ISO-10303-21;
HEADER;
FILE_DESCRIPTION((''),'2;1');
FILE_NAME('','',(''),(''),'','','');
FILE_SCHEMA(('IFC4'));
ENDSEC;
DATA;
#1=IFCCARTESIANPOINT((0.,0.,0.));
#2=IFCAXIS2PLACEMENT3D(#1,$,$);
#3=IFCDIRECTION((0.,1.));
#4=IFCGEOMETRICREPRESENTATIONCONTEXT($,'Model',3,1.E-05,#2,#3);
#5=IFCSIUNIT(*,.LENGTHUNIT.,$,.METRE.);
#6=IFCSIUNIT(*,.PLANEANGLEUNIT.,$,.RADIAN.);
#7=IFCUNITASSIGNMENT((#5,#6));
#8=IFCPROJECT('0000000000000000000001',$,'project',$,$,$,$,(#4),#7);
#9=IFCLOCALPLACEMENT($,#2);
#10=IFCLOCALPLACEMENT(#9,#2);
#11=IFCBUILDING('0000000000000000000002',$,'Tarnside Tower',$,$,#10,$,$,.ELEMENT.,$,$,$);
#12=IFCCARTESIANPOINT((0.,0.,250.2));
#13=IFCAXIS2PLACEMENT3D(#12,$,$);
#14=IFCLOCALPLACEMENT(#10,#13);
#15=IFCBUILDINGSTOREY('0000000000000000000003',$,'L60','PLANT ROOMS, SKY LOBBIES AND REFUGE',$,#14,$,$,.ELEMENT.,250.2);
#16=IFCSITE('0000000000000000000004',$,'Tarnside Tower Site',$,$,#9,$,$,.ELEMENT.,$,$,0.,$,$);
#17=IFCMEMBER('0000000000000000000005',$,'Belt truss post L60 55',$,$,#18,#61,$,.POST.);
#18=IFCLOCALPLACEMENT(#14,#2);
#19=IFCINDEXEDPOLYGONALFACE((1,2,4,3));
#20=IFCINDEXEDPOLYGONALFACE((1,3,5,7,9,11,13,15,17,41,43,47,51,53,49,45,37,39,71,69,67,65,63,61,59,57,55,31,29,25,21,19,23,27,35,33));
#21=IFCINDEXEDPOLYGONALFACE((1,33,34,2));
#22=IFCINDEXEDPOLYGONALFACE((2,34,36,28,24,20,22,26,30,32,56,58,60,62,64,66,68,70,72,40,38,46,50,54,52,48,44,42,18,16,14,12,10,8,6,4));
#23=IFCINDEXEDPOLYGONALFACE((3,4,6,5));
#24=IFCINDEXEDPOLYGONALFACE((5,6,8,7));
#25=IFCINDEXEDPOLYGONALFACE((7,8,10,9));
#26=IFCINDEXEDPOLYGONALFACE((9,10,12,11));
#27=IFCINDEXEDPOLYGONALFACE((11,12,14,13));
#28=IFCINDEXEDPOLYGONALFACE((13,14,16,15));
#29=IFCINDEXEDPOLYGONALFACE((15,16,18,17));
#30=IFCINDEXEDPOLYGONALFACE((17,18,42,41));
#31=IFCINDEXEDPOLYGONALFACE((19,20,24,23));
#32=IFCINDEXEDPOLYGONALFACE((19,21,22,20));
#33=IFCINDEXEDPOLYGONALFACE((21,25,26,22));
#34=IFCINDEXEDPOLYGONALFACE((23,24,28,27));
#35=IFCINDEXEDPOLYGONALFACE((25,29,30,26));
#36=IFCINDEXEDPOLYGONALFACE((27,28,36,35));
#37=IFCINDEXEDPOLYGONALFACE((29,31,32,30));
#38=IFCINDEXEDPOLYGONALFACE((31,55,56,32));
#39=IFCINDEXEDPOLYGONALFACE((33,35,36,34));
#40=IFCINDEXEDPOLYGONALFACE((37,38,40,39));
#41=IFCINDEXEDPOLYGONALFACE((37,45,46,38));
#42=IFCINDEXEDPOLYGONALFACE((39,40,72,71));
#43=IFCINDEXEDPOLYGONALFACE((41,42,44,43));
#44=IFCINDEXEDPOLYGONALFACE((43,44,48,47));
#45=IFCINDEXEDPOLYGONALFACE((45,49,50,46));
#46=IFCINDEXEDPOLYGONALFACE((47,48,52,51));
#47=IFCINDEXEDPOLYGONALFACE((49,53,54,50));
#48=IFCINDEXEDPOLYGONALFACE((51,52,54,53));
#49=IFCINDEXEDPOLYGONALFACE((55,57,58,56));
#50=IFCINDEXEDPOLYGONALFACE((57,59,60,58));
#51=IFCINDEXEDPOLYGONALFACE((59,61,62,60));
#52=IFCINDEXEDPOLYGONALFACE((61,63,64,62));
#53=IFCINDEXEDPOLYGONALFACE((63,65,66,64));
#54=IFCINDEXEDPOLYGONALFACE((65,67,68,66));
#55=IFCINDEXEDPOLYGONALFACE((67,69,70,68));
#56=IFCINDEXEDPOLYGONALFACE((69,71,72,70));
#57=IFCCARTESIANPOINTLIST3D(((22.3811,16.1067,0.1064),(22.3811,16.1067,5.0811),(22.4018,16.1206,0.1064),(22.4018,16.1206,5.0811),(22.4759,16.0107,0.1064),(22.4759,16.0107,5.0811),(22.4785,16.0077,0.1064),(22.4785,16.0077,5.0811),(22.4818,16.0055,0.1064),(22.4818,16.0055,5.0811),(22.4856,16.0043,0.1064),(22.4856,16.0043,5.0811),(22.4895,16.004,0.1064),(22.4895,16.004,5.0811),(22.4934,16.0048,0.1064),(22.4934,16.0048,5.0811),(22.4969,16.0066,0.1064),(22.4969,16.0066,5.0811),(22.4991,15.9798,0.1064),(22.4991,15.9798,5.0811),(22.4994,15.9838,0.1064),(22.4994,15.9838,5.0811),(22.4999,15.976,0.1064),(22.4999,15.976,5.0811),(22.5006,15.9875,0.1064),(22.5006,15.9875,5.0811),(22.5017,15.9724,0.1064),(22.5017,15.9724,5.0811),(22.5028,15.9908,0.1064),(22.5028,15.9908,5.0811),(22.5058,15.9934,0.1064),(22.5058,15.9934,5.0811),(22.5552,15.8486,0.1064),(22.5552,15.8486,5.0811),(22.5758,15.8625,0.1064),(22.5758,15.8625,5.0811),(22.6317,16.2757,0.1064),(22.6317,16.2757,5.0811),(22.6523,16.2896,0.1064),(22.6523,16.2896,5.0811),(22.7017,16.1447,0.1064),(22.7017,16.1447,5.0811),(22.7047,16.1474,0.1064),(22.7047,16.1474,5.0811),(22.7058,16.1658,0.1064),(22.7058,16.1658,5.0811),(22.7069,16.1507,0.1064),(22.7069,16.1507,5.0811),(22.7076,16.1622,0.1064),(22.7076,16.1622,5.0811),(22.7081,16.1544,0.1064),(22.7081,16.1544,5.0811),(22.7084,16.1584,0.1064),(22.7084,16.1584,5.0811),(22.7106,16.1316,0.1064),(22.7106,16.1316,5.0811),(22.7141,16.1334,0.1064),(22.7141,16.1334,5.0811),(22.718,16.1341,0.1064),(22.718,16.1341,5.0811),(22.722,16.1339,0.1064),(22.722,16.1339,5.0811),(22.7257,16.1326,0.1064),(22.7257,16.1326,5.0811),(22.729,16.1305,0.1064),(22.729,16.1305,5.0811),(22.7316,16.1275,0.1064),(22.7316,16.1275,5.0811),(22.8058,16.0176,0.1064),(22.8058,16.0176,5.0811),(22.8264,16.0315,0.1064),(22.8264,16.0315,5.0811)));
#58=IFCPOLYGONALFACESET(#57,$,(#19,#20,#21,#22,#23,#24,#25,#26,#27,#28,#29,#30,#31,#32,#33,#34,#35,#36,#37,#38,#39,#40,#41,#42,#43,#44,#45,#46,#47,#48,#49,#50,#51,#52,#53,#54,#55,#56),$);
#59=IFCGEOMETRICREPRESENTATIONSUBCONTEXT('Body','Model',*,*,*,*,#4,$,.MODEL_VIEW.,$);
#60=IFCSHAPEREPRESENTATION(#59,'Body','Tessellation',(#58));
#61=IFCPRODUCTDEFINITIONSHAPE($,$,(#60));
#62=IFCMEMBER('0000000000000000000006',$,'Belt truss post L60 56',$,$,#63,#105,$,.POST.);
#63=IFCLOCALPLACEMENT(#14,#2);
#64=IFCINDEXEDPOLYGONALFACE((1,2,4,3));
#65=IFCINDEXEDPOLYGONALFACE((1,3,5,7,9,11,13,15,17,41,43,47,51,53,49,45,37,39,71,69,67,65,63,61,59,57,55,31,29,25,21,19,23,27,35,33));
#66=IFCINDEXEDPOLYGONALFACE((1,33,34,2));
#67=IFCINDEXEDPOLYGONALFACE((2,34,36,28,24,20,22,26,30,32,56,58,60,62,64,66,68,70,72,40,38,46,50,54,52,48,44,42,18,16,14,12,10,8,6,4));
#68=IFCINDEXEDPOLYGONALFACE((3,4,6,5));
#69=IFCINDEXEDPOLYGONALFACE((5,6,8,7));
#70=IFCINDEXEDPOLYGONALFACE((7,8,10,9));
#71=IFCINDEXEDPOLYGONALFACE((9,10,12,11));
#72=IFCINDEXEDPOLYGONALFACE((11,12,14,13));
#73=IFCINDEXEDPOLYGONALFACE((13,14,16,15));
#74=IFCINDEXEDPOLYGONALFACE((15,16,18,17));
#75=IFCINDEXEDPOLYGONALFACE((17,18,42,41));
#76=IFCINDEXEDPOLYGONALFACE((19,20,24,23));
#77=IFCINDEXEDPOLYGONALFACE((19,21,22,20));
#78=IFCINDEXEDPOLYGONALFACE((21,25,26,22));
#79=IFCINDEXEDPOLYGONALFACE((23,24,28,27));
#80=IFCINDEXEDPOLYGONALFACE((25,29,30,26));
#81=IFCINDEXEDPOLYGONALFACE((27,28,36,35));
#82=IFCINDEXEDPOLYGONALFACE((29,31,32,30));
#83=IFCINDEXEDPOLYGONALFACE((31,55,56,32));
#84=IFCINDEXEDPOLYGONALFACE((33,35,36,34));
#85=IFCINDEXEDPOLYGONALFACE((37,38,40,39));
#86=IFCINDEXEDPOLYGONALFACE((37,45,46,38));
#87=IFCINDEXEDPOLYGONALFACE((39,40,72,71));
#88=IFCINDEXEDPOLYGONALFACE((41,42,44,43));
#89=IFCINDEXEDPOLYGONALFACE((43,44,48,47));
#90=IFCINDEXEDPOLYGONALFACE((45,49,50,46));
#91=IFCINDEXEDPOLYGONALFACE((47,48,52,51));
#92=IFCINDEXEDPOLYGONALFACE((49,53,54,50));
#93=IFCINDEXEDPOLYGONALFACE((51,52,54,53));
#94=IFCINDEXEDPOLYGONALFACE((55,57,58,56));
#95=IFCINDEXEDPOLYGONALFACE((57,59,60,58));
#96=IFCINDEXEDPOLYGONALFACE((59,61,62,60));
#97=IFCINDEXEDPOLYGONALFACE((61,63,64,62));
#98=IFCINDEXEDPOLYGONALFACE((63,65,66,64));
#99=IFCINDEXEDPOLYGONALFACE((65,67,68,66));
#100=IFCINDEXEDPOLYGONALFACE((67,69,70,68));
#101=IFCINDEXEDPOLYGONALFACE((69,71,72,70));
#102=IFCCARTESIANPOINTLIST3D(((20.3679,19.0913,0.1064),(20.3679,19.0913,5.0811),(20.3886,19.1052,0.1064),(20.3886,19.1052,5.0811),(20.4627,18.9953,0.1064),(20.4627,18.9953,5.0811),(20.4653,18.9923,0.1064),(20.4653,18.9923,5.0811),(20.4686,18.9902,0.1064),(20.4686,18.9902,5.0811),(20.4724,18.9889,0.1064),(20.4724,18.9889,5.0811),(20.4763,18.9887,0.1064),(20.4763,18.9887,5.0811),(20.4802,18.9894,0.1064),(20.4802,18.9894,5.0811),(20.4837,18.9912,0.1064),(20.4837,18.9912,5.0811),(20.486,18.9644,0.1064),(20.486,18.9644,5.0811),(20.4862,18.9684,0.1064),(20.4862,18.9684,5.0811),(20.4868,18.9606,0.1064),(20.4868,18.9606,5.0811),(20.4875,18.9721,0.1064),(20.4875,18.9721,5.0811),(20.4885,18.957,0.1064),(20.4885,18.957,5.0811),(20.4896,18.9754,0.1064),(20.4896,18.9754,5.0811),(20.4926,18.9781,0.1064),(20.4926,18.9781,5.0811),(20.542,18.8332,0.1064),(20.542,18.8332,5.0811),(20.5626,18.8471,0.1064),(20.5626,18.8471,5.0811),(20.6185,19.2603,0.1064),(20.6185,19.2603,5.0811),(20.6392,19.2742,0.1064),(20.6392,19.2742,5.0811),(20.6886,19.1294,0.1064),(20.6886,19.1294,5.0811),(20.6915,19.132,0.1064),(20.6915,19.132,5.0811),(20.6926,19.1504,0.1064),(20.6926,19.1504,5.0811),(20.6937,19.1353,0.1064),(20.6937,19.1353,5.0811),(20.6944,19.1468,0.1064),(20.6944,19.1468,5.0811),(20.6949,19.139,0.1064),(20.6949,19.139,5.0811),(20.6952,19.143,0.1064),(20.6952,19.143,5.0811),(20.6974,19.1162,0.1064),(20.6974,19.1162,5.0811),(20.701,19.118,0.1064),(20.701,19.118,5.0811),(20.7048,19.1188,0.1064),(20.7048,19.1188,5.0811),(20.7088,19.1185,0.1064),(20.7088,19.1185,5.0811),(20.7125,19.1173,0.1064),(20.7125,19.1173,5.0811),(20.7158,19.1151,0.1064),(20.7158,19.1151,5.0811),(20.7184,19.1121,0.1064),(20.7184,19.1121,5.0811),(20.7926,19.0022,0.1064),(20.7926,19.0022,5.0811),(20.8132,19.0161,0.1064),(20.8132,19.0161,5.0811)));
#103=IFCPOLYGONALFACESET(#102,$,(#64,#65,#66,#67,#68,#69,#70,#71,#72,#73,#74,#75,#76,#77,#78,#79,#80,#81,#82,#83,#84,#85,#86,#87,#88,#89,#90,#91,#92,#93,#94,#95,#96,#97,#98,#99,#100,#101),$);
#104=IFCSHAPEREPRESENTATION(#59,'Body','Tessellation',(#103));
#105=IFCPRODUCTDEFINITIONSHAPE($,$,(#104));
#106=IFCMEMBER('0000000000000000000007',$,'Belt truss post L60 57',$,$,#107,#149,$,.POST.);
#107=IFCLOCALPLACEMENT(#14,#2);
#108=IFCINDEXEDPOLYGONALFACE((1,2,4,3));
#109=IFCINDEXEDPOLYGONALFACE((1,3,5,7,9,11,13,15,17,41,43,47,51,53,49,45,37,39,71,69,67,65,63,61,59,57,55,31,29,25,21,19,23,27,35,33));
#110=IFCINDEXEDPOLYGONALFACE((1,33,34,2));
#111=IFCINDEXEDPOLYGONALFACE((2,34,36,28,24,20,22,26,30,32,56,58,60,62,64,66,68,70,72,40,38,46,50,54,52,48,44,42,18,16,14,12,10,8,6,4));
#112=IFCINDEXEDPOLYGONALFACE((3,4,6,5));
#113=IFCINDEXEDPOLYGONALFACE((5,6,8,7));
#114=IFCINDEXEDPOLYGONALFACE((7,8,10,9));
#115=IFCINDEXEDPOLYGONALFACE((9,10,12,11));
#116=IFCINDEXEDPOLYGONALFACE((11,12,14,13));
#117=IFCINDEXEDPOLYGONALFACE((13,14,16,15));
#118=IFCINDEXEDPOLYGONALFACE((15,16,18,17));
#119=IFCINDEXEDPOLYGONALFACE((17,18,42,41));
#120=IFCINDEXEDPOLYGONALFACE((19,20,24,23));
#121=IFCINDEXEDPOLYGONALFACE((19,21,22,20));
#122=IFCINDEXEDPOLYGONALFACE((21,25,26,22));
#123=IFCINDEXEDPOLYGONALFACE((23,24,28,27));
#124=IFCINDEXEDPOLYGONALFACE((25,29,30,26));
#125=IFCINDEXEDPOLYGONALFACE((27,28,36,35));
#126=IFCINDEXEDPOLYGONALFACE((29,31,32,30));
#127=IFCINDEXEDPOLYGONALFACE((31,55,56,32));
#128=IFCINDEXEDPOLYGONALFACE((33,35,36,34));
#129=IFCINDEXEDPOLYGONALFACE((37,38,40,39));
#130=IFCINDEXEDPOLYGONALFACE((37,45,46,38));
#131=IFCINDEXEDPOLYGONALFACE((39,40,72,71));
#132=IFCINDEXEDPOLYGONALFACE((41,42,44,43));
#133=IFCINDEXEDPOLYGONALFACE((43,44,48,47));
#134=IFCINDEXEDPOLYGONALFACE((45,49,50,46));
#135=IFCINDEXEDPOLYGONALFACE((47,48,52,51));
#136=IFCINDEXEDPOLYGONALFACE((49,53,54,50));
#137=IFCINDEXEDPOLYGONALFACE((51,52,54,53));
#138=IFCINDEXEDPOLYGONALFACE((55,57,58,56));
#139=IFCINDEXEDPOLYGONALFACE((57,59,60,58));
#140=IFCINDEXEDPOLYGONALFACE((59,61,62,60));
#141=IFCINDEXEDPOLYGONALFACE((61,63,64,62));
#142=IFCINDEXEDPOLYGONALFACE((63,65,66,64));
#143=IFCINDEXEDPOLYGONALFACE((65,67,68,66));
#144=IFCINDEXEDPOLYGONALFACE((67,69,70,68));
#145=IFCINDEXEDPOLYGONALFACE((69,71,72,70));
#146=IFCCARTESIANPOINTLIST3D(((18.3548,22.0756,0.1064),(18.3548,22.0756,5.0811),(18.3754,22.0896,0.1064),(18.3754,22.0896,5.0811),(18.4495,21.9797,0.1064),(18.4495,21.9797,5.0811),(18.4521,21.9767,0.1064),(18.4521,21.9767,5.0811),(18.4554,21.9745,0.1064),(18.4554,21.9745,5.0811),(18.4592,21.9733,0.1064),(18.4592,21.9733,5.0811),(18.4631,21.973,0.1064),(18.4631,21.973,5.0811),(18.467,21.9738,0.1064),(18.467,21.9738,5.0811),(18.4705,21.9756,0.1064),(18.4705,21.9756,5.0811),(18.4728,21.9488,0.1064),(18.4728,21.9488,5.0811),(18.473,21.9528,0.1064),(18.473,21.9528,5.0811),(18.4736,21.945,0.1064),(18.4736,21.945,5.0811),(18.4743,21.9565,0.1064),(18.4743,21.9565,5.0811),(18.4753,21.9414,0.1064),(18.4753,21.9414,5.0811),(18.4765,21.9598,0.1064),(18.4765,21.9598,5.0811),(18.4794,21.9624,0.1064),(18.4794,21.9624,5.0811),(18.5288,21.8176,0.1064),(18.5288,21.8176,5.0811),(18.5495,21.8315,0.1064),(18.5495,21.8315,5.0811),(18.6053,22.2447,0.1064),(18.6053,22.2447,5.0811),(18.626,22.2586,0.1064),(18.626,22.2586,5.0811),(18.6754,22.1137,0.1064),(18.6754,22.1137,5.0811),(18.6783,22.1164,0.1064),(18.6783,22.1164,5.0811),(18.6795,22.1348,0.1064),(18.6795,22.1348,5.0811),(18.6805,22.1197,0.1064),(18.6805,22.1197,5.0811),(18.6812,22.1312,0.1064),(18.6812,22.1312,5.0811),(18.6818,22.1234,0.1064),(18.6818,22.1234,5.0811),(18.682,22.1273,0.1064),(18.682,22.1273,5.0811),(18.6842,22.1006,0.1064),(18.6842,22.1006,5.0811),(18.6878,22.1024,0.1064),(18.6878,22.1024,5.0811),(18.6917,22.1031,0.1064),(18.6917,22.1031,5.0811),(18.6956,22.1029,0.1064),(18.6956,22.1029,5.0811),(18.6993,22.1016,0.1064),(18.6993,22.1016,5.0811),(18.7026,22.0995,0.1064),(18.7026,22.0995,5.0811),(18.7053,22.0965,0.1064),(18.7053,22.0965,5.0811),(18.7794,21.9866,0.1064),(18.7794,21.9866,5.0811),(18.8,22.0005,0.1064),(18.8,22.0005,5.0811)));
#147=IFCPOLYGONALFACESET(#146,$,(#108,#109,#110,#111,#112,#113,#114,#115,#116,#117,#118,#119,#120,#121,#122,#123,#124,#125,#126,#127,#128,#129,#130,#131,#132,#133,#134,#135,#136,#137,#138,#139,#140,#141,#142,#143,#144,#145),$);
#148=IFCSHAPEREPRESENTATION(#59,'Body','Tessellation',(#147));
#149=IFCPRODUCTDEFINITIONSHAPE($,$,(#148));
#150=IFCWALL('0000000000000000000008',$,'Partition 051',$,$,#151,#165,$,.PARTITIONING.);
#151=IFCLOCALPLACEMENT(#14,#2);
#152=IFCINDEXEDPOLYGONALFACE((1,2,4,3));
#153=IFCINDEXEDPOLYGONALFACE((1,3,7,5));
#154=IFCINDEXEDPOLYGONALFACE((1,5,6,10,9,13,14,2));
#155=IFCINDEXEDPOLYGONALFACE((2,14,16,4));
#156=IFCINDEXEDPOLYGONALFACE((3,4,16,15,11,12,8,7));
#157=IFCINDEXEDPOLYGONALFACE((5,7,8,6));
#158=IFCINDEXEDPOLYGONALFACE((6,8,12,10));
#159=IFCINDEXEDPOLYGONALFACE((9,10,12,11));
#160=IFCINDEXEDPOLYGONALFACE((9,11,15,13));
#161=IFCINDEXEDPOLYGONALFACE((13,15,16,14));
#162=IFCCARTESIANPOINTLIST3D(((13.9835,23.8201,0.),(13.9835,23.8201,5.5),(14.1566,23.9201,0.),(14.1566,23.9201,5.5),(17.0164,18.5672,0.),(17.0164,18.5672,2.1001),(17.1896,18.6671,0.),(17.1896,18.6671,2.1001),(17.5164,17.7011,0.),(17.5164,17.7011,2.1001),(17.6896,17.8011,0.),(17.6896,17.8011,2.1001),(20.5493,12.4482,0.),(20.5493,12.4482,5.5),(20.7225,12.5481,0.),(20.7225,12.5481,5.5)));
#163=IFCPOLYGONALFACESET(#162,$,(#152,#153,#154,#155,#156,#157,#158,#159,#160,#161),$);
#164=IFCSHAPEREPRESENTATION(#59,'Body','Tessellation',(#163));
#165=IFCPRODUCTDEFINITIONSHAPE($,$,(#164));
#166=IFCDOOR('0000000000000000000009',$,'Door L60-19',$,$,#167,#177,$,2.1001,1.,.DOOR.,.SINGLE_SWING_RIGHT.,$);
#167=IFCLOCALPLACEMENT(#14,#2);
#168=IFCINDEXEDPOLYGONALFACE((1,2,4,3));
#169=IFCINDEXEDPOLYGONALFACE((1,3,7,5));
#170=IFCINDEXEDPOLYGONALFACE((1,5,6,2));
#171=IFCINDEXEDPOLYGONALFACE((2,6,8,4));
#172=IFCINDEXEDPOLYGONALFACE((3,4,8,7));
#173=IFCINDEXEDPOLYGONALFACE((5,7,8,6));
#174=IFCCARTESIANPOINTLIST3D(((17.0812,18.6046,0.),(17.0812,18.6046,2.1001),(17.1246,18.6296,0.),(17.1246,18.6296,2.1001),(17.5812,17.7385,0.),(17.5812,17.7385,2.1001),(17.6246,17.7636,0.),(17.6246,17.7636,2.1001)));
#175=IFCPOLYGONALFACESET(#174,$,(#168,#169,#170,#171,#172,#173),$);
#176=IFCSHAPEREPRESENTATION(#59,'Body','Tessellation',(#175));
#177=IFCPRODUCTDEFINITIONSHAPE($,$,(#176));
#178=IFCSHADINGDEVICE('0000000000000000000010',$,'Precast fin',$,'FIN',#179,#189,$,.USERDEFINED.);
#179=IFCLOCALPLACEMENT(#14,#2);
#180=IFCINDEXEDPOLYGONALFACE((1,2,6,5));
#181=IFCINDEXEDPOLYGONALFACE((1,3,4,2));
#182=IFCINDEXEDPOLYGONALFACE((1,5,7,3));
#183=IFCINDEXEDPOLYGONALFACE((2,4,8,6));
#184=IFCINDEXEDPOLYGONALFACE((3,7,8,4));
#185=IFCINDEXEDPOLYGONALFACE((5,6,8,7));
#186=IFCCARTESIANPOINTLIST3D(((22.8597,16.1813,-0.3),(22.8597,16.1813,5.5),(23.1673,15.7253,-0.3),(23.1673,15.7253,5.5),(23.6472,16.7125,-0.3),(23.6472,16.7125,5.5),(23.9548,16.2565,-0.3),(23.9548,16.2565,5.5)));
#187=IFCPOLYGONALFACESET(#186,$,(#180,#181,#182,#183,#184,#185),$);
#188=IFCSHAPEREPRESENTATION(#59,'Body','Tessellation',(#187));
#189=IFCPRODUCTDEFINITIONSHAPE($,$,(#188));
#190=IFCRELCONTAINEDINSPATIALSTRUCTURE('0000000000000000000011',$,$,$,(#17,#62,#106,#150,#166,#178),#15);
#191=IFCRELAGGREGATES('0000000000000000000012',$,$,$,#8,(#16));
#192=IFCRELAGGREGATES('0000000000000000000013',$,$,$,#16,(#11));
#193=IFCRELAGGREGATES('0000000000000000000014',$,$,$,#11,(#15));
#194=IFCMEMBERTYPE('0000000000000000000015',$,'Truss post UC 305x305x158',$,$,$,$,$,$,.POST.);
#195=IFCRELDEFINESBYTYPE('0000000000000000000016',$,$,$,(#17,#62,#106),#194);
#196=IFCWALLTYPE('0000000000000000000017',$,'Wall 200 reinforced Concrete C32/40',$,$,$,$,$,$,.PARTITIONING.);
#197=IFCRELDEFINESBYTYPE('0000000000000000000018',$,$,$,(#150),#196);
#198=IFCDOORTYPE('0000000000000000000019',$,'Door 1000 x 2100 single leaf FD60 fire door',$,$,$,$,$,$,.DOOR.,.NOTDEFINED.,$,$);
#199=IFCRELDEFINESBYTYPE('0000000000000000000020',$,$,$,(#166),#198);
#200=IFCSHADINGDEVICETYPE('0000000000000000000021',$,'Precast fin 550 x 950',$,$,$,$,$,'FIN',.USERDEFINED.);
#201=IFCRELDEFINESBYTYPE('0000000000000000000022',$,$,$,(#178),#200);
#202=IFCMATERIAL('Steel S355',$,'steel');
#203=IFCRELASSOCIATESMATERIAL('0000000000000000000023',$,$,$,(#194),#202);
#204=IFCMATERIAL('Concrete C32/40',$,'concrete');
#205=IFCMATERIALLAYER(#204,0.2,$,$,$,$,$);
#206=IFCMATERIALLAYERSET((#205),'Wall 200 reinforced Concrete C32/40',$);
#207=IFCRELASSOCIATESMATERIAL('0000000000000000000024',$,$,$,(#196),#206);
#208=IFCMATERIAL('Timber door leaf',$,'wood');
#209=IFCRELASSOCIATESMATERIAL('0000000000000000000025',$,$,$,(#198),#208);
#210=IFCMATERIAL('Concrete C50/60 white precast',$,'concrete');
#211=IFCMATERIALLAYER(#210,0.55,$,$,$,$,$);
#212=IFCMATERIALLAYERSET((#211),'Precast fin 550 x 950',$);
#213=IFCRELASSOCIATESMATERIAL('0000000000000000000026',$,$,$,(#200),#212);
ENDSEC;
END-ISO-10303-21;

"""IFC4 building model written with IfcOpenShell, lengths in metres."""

from ifc_helpers import new_model, si_unit, direction, frame, frame_2d, origin, origin_2d, place, context, subcontext, project, spatial, polyline, rectangle, i_section, outline, extrude, material, layer, layer_set, material_profile, profile_set, type_object, element, fill, save


model = new_model("IFC4")

# Units and contexts
model_context = context("Model", 3, precision=1e-05, world=origin(), true_north=direction((0.0, 1.0)))
body_context = subcontext(model_context, "Body", "Model", "MODEL_VIEW")
ifc_project = project(units=[si_unit("LENGTHUNIT", "METRE"), si_unit("PLANEANGLEUNIT", "RADIAN")], contexts=[model_context])

# Site, building, storey
site_placement = place(None, origin())
site = spatial("IfcSite", under=ifc_project, at=site_placement, Name="Tarnside Tower Site", CompositionType="ELEMENT", RefElevation=0.0)
building_placement = place(site_placement, origin())
building = spatial("IfcBuilding", under=site, at=building_placement, Name="Tarnside Tower", CompositionType="ELEMENT")
storey_placement = place(building_placement, frame((0.0, 0.0, 250.2)))
storey = spatial("IfcBuildingStorey", under=building, at=storey_placement, Name="L60", Description="PLANT ROOMS, SKY LOBBIES AND REFUGE", CompositionType="ELEMENT", Elevation=250.2)

# Shared definitions
ifc_material_1 = material(Name="Steel S355", Category="steel")

# Members
ifc_material_profile_1 = material_profile(ifc_material_1, i_section(OverallWidth=0.3113, OverallDepth=0.3271, WebThickness=0.0159, FlangeThickness=0.0249, FilletRadius=0.0151, at=origin_2d()), Name="UC 305x305x158")
ifc_profile_set_1 = profile_set([ifc_material_profile_1], Name="Steel S355")
member_type_1 = type_object("IfcMemberType", Name="Truss post UC 305x305x158", PredefinedType="POST", material=ifc_profile_set_1)
for number, where, z_axis, x_axis, name in (
    (1, (22.6038, 16.0691, 0.1064), (0.0, 0.0, 1.0), (-0.559193, 0.829038, 0.0), "Belt truss post L60 55"),
    (2, (20.5906, 19.0537, 0.1064), (0.0, 0.0, 1.0), (-0.559193, 0.829038, 0.0), "Belt truss post L60 56"),
    (3, (18.5774, 22.0381, 0.1064), (0.0, 0.0, 1.0), (-0.559193, 0.829038, 0.0), "Belt truss post L60 57"),
):
    element("IfcMember", number, at=place(storey_placement, frame(where, z_axis=z_axis, x_axis=x_axis)), inside=storey, type_object=member_type_1, Name=name, PredefinedType="POST", context=body_context, shape_type="SweptSolid", body=[
        extrude(i_section(OverallWidth=0.3113, OverallDepth=0.3271, WebThickness=0.0159, FlangeThickness=0.0249, FilletRadius=0.0151, at=origin_2d()), origin(), (0.0, 0.0, 1.0), 4.9746),
    ])

# Wall, opening, door
ifc_material_2 = material(Name="Concrete C32/40", Category="concrete")
ifc_layer_1 = layer(ifc_material_2, 0.2)
ifc_layer_set_1 = layer_set([ifc_layer_1], Name="Wall 200 reinforced Concrete C32/40")
wall_type = type_object("IfcWallType", Name="Wall 200 reinforced Concrete C32/40", PredefinedType="PARTITIONING", material=ifc_layer_set_1)
wall_placement = place(storey_placement, frame((14.0701, 23.8701, 0.0), z_axis=(0.0, 0.0, 1.0), x_axis=(0.500014, -0.866017, 0.0)))
wall = element("IfcWall", 4, at=wall_placement, inside=storey, type_object=wall_type, Name="Partition 051", PredefinedType="PARTITIONING", context=body_context, shape_type="SweptSolid", body=[
    extrude(rectangle(XDim=13.1313, YDim=0.2, at=frame_2d((6.5657, 0.0))), origin(), (0.0, 0.0, 1.0), 5.5),
])
opening_placement = place(wall_placement, frame((6.0657, 0.0, 0.0)))
opening = element("IfcOpeningElement", 5, at=opening_placement, cuts=wall, PredefinedType="OPENING", context=body_context, shape_type="SweptSolid", body=[
    extrude(rectangle(XDim=1.0, YDim=2.1001, at=frame_2d((0.5, 1.05))), frame((0.0, 0.1099, 0.0), z_axis=(0.0, -1.0, 0.0), x_axis=(1.0, 0.0, 0.0)), (0.0, 0.0, 1.0), 0.22),
])
ifc_material_3 = material(Name="Timber door leaf", Category="wood")
door_type = type_object("IfcDoorType", Name="Door 1000 x 2100 single leaf FD60 fire door", OperationType="NOTDEFINED", PredefinedType="DOOR", material=ifc_material_3)
door_placement = place(opening_placement, origin())
door = element("IfcDoor", 6, at=door_placement, inside=storey, type_object=door_type, Name="Door L60-19", OperationType="SINGLE_SWING_RIGHT", OverallHeight=2.1001, OverallWidth=1.0, PredefinedType="DOOR", context=body_context, shape_type="SweptSolid", body=[
    extrude(rectangle(XDim=1.0, YDim=2.1001, at=frame_2d((0.5, 1.05))), frame((0.0, 0.0249, 0.0), z_axis=(0.0, -1.0, 0.0), x_axis=(1.0, 0.0, 0.0)), (0.0, 0.0, 1.0), 0.05),
])
fill(opening, door)

# Shading device
ifc_material_4 = material(Name="Concrete C50/60 white precast", Category="concrete")
ifc_layer_2 = layer(ifc_material_4, 0.55)
ifc_layer_set_2 = layer_set([ifc_layer_2], Name="Precast fin 550 x 950")
shading_device_type = type_object("IfcShadingDeviceType", Name="Precast fin 550 x 950", ElementType="FIN", PredefinedType="USERDEFINED", material=ifc_layer_set_2)
for number, where, z_axis, x_axis, name in (
    (7, (23.0134, 15.9534, -0.3), (0.559193, -0.829038, 0.0), (0.829038, 0.559193, 0.0), "Precast fin"),
):
    element("IfcShadingDevice", number, at=place(storey_placement, frame(where, z_axis=z_axis, x_axis=x_axis)), inside=storey, type_object=shading_device_type, Name=name, ObjectType="FIN", PredefinedType="USERDEFINED", context=body_context, shape_type="SweptSolid", body=[
        extrude(outline(polyline([(0.0, 0.0), (0.95, 0.0), (0.95, 5.8), (0.0, 5.8), (0.0, 0.0)])), frame((0.0, 0.0, -0.2749)), (0.0, 0.0, 1.0), 0.55),
    ])

save(model, "model.ifc")
